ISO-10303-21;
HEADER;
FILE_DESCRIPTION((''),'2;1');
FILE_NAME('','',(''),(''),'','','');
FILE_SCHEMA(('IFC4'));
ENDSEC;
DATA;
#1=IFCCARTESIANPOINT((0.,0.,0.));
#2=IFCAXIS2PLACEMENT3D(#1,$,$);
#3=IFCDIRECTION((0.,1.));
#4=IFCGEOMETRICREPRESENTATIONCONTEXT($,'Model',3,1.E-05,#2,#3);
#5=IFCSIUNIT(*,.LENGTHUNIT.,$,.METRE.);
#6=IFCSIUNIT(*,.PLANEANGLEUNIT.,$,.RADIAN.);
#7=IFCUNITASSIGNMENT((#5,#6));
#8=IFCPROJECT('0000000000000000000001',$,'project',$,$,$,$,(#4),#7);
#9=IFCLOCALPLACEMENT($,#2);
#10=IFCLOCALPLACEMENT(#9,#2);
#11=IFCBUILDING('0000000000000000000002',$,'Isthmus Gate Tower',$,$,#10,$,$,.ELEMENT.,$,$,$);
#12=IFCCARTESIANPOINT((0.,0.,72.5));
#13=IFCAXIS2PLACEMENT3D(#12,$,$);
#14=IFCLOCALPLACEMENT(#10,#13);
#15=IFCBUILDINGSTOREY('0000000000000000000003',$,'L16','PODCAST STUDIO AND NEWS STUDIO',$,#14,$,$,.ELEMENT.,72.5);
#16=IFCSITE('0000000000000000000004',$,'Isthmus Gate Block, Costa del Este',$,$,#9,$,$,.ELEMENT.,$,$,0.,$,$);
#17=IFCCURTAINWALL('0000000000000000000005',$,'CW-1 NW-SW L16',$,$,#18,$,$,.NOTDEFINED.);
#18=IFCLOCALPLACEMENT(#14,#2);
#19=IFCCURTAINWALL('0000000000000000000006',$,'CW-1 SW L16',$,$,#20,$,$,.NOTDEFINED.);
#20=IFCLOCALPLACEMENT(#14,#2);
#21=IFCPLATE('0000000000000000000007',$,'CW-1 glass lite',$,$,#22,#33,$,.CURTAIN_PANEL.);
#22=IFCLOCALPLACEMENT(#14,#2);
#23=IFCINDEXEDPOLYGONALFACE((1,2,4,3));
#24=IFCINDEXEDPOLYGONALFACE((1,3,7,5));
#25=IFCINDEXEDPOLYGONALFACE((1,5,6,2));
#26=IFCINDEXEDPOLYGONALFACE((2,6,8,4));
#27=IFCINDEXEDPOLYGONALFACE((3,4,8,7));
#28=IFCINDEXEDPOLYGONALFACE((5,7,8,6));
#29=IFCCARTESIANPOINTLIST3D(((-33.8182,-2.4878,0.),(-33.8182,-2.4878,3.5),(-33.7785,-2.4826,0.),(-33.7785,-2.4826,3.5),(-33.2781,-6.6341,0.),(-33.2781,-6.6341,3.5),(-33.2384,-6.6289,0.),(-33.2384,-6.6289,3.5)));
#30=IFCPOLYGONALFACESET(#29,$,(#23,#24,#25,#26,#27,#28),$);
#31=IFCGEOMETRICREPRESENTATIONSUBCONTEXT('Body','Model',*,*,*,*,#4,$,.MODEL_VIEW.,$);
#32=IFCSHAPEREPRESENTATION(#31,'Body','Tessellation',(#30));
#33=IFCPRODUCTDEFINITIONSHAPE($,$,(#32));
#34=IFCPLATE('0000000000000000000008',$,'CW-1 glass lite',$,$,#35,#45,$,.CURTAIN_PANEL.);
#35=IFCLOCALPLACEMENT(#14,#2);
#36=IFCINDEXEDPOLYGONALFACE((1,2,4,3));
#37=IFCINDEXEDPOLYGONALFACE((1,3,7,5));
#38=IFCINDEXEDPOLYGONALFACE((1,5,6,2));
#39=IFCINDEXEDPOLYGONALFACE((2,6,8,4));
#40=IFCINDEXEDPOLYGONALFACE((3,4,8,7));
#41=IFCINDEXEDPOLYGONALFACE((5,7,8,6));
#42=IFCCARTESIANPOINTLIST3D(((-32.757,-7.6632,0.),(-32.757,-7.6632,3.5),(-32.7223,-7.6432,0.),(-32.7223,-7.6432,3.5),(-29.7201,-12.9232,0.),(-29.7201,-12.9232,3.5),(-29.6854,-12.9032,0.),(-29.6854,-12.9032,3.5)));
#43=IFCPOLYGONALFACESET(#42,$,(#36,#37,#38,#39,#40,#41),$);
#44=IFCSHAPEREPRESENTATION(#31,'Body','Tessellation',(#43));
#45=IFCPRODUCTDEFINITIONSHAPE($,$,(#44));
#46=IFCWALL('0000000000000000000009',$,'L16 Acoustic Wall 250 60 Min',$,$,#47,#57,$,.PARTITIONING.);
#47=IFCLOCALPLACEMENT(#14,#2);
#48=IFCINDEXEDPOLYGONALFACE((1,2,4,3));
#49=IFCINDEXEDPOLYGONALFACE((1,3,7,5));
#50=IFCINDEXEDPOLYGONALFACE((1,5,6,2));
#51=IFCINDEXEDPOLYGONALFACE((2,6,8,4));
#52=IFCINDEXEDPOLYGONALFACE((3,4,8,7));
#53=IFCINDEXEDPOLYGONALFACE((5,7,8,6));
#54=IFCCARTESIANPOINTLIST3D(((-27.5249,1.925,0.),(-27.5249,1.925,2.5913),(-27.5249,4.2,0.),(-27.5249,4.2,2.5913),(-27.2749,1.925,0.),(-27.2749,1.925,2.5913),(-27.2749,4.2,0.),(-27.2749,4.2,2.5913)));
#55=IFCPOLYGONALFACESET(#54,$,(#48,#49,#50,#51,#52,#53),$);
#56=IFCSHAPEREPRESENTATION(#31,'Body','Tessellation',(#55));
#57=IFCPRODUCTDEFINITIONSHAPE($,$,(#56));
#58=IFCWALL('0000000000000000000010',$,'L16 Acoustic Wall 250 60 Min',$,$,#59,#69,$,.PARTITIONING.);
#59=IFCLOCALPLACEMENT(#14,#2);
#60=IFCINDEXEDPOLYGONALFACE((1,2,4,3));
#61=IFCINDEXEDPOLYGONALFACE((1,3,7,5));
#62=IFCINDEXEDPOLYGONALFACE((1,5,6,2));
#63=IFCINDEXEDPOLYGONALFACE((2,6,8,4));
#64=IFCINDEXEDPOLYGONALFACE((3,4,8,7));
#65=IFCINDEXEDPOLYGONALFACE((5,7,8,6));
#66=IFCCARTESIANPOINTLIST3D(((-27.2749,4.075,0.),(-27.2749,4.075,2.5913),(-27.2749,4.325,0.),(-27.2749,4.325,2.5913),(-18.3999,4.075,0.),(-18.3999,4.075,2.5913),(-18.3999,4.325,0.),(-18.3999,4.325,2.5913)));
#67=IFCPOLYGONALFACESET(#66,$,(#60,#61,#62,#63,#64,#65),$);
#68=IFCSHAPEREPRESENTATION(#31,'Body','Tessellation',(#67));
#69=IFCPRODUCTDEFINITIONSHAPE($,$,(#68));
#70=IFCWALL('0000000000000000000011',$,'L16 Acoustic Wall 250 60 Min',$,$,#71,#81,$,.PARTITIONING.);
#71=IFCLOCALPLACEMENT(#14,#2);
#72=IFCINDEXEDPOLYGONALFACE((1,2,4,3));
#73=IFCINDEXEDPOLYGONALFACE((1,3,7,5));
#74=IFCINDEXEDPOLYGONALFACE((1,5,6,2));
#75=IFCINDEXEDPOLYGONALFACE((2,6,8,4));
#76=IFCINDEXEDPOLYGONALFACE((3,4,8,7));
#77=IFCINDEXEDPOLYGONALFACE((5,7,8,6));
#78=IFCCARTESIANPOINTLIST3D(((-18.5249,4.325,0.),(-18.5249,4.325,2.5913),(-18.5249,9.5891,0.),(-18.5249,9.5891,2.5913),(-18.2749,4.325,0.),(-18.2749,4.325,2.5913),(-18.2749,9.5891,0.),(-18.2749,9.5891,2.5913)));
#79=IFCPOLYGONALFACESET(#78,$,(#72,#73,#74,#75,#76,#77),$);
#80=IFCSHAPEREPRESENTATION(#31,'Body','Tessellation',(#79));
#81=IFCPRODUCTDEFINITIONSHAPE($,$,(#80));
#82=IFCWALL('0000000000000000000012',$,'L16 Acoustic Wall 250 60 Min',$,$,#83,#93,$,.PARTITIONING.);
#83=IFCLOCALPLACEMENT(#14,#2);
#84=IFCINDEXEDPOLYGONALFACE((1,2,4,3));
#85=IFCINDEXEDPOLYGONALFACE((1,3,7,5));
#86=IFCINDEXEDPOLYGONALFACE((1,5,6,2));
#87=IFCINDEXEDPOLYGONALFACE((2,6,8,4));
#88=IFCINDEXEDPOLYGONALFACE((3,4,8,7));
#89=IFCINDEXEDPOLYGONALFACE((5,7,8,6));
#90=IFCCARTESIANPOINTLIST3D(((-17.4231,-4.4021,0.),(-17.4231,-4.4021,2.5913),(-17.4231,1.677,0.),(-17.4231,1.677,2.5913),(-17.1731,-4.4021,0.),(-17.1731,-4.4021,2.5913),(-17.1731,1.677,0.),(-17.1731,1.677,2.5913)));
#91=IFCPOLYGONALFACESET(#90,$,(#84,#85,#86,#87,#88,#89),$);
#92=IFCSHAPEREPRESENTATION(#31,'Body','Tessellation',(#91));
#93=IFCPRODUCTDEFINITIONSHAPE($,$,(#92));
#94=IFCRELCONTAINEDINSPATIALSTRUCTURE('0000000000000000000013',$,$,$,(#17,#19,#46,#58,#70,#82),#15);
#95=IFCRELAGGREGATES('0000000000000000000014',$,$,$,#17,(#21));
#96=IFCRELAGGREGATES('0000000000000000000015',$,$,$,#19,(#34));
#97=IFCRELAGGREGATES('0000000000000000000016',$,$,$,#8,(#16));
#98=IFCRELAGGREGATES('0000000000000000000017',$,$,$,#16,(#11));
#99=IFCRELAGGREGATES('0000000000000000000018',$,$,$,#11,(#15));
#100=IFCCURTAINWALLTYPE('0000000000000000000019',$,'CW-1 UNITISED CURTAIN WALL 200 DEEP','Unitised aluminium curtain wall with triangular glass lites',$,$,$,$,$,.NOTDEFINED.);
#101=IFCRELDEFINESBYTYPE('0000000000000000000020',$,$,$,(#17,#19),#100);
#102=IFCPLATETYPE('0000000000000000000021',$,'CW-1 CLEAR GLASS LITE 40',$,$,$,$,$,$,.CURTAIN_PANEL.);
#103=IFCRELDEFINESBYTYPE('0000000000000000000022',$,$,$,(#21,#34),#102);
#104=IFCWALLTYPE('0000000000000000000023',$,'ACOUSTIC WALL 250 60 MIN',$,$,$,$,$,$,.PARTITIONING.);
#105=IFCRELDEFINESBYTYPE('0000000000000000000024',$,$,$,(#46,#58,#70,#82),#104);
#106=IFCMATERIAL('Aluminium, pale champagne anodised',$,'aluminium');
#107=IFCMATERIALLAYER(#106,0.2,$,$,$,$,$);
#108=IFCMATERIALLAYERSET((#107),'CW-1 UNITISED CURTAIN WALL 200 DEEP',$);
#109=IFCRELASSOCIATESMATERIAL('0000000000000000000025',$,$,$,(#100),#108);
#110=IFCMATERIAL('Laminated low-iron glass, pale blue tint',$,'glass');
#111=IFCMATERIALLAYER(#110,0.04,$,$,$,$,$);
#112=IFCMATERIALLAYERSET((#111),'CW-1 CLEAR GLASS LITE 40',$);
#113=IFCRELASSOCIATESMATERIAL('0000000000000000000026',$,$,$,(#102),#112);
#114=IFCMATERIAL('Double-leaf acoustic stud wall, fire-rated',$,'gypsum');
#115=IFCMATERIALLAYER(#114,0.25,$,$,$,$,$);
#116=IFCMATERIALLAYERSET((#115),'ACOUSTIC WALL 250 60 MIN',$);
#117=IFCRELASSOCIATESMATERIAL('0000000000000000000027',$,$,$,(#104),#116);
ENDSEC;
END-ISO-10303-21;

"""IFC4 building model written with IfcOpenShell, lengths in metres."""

from ifc_helpers import new_model, si_unit, direction, frame, frame_2d, origin, origin_2d, place, context, subcontext, project, spatial, rectangle, extrude, material, layer, layer_set, type_object, element, aggregate, save


model = new_model("IFC4")

# Units and contexts
model_context = context("Model", 3, precision=1e-05, world=origin(), true_north=direction((0.0, 1.0)))
body_context = subcontext(model_context, "Body", "Model", "MODEL_VIEW")
ifc_project = project(units=[si_unit("LENGTHUNIT", "METRE"), si_unit("PLANEANGLEUNIT", "RADIAN")], contexts=[model_context])

# Site, building, storey
site_placement = place(None, origin())
site = spatial("IfcSite", under=ifc_project, at=site_placement, Name="Isthmus Gate Block, Costa del Este", CompositionType="ELEMENT", RefElevation=0.0)
building_placement = place(site_placement, origin())
building = spatial("IfcBuilding", under=site, at=building_placement, Name="Isthmus Gate Tower", CompositionType="ELEMENT")
storey_placement = place(building_placement, frame((0.0, 0.0, 72.5)))
storey = spatial("IfcBuildingStorey", under=building, at=storey_placement, Name="L16", Description="PODCAST STUDIO AND NEWS STUDIO", CompositionType="ELEMENT", Elevation=72.5)

# Curtain walls
ifc_material_1 = material(Name="Aluminium, pale champagne anodised", Category="aluminium")
ifc_layer_1 = layer(ifc_material_1, 0.2)
ifc_layer_set_1 = layer_set([ifc_layer_1], Name="CW-1 UNITISED CURTAIN WALL 200 DEEP")
curtain_wall_type = type_object("IfcCurtainWallType", Name="CW-1 UNITISED CURTAIN WALL 200 DEEP", Description="Unitised aluminium curtain wall with triangular glass lites", PredefinedType="NOTDEFINED", material=ifc_layer_set_1)
curtain_wall_1_placement = place(storey_placement, origin())
curtain_wall_1 = element("IfcCurtainWall", 1, at=curtain_wall_1_placement, inside=storey, type_object=curtain_wall_type, Name="CW-1 NW-SW L16", PredefinedType="NOTDEFINED")
curtain_wall_2_placement = place(storey_placement, origin())
curtain_wall_2 = element("IfcCurtainWall", 2, at=curtain_wall_2_placement, inside=storey, type_object=curtain_wall_type, Name="CW-1 SW L16", PredefinedType="NOTDEFINED")

# Shared definitions
ifc_material_2 = material(Name="Laminated low-iron glass, pale blue tint", Category="glass")
ifc_layer_2 = layer(ifc_material_2, 0.04)
ifc_layer_set_2 = layer_set([ifc_layer_2], Name="CW-1 CLEAR GLASS LITE 40")
plate_type = type_object("IfcPlateType", Name="CW-1 CLEAR GLASS LITE 40", PredefinedType="CURTAIN_PANEL", material=ifc_layer_set_2)

# Plates
plate_1_placement = place(storey_placement, frame((-33.5283, -4.5583, 0.0), z_axis=(0.0, 0.0, 1.0), x_axis=(0.129165, -0.991623, 0.0)))
plate_1 = element("IfcPlate", 3, at=plate_1_placement, type_object=plate_type, Name="CW-1 glass lite", PredefinedType="CURTAIN_PANEL", context=body_context, shape_type="SweptSolid", body=[
    extrude(rectangle(XDim=4.1814, YDim=0.04, at=origin_2d()), origin(), (0.0, 0.0, 1.0), 3.5),
])
aggregate(curtain_wall_1, [plate_1])
plate_2_placement = place(storey_placement, frame((-31.2212, -10.2832, 0.0), z_axis=(0.0, 0.0, 1.0), x_axis=(0.5, -0.866025, 0.0)))
plate_2 = element("IfcPlate", 4, at=plate_2_placement, type_object=plate_type, Name="CW-1 glass lite", PredefinedType="CURTAIN_PANEL", context=body_context, shape_type="SweptSolid", body=[
    extrude(rectangle(XDim=6.0737, YDim=0.04, at=origin_2d()), origin(), (0.0, 0.0, 1.0), 3.5),
])
aggregate(curtain_wall_2, [plate_2])

# Walls
ifc_material_3 = material(Name="Double-leaf acoustic stud wall, fire-rated", Category="gypsum")
ifc_layer_3 = layer(ifc_material_3, 0.25)
ifc_layer_set_3 = layer_set([ifc_layer_3], Name="ACOUSTIC WALL 250 60 MIN")
wall_type = type_object("IfcWallType", Name="ACOUSTIC WALL 250 60 MIN", PredefinedType="PARTITIONING", material=ifc_layer_set_3)
wall_1_placement = place(storey_placement, frame((-27.3999, 1.925, 0.0), z_axis=(0.0, 0.0, 1.0), x_axis=(0.0, 1.0, 0.0)))
element("IfcWall", 5, at=wall_1_placement, inside=storey, type_object=wall_type, Name="L16 Acoustic Wall 250 60 Min", PredefinedType="PARTITIONING", context=body_context, shape_type="SweptSolid", body=[
    extrude(rectangle(XDim=2.2749, YDim=0.25, at=frame_2d((1.1375, 0.0))), origin(), (0.0, 0.0, 1.0), 2.5913),
])
wall_2_placement = place(storey_placement, frame((-27.2749, 4.2, 0.0), z_axis=(0.0, 0.0, 1.0), x_axis=(1.0, 0.0, 0.0)))
element("IfcWall", 6, at=wall_2_placement, inside=storey, type_object=wall_type, Name="L16 Acoustic Wall 250 60 Min", PredefinedType="PARTITIONING", context=body_context, shape_type="SweptSolid", body=[
    extrude(rectangle(XDim=8.875, YDim=0.25, at=frame_2d((4.4375, 0.0))), origin(), (0.0, 0.0, 1.0), 2.5913),
])
wall_3_placement = place(storey_placement, frame((-18.3999, 4.325, 0.0), z_axis=(0.0, 0.0, 1.0), x_axis=(0.0, 1.0, 0.0)))
element("IfcWall", 7, at=wall_3_placement, inside=storey, type_object=wall_type, Name="L16 Acoustic Wall 250 60 Min", PredefinedType="PARTITIONING", context=body_context, shape_type="SweptSolid", body=[
    extrude(rectangle(XDim=5.2642, YDim=0.25, at=frame_2d((2.6321, 0.0))), origin(), (0.0, 0.0, 1.0), 2.5913),
])
wall_4_placement = place(storey_placement, frame((-17.2981, -4.4021, 0.0), z_axis=(0.0, 0.0, 1.0), x_axis=(0.0, 1.0, 0.0)))
element("IfcWall", 8, at=wall_4_placement, inside=storey, type_object=wall_type, Name="L16 Acoustic Wall 250 60 Min", PredefinedType="PARTITIONING", context=body_context, shape_type="SweptSolid", body=[
    extrude(rectangle(XDim=6.0791, YDim=0.25, at=frame_2d((3.0396, 0.0))), origin(), (0.0, 0.0, 1.0), 2.5913),
])

save(model, "model.ifc")
